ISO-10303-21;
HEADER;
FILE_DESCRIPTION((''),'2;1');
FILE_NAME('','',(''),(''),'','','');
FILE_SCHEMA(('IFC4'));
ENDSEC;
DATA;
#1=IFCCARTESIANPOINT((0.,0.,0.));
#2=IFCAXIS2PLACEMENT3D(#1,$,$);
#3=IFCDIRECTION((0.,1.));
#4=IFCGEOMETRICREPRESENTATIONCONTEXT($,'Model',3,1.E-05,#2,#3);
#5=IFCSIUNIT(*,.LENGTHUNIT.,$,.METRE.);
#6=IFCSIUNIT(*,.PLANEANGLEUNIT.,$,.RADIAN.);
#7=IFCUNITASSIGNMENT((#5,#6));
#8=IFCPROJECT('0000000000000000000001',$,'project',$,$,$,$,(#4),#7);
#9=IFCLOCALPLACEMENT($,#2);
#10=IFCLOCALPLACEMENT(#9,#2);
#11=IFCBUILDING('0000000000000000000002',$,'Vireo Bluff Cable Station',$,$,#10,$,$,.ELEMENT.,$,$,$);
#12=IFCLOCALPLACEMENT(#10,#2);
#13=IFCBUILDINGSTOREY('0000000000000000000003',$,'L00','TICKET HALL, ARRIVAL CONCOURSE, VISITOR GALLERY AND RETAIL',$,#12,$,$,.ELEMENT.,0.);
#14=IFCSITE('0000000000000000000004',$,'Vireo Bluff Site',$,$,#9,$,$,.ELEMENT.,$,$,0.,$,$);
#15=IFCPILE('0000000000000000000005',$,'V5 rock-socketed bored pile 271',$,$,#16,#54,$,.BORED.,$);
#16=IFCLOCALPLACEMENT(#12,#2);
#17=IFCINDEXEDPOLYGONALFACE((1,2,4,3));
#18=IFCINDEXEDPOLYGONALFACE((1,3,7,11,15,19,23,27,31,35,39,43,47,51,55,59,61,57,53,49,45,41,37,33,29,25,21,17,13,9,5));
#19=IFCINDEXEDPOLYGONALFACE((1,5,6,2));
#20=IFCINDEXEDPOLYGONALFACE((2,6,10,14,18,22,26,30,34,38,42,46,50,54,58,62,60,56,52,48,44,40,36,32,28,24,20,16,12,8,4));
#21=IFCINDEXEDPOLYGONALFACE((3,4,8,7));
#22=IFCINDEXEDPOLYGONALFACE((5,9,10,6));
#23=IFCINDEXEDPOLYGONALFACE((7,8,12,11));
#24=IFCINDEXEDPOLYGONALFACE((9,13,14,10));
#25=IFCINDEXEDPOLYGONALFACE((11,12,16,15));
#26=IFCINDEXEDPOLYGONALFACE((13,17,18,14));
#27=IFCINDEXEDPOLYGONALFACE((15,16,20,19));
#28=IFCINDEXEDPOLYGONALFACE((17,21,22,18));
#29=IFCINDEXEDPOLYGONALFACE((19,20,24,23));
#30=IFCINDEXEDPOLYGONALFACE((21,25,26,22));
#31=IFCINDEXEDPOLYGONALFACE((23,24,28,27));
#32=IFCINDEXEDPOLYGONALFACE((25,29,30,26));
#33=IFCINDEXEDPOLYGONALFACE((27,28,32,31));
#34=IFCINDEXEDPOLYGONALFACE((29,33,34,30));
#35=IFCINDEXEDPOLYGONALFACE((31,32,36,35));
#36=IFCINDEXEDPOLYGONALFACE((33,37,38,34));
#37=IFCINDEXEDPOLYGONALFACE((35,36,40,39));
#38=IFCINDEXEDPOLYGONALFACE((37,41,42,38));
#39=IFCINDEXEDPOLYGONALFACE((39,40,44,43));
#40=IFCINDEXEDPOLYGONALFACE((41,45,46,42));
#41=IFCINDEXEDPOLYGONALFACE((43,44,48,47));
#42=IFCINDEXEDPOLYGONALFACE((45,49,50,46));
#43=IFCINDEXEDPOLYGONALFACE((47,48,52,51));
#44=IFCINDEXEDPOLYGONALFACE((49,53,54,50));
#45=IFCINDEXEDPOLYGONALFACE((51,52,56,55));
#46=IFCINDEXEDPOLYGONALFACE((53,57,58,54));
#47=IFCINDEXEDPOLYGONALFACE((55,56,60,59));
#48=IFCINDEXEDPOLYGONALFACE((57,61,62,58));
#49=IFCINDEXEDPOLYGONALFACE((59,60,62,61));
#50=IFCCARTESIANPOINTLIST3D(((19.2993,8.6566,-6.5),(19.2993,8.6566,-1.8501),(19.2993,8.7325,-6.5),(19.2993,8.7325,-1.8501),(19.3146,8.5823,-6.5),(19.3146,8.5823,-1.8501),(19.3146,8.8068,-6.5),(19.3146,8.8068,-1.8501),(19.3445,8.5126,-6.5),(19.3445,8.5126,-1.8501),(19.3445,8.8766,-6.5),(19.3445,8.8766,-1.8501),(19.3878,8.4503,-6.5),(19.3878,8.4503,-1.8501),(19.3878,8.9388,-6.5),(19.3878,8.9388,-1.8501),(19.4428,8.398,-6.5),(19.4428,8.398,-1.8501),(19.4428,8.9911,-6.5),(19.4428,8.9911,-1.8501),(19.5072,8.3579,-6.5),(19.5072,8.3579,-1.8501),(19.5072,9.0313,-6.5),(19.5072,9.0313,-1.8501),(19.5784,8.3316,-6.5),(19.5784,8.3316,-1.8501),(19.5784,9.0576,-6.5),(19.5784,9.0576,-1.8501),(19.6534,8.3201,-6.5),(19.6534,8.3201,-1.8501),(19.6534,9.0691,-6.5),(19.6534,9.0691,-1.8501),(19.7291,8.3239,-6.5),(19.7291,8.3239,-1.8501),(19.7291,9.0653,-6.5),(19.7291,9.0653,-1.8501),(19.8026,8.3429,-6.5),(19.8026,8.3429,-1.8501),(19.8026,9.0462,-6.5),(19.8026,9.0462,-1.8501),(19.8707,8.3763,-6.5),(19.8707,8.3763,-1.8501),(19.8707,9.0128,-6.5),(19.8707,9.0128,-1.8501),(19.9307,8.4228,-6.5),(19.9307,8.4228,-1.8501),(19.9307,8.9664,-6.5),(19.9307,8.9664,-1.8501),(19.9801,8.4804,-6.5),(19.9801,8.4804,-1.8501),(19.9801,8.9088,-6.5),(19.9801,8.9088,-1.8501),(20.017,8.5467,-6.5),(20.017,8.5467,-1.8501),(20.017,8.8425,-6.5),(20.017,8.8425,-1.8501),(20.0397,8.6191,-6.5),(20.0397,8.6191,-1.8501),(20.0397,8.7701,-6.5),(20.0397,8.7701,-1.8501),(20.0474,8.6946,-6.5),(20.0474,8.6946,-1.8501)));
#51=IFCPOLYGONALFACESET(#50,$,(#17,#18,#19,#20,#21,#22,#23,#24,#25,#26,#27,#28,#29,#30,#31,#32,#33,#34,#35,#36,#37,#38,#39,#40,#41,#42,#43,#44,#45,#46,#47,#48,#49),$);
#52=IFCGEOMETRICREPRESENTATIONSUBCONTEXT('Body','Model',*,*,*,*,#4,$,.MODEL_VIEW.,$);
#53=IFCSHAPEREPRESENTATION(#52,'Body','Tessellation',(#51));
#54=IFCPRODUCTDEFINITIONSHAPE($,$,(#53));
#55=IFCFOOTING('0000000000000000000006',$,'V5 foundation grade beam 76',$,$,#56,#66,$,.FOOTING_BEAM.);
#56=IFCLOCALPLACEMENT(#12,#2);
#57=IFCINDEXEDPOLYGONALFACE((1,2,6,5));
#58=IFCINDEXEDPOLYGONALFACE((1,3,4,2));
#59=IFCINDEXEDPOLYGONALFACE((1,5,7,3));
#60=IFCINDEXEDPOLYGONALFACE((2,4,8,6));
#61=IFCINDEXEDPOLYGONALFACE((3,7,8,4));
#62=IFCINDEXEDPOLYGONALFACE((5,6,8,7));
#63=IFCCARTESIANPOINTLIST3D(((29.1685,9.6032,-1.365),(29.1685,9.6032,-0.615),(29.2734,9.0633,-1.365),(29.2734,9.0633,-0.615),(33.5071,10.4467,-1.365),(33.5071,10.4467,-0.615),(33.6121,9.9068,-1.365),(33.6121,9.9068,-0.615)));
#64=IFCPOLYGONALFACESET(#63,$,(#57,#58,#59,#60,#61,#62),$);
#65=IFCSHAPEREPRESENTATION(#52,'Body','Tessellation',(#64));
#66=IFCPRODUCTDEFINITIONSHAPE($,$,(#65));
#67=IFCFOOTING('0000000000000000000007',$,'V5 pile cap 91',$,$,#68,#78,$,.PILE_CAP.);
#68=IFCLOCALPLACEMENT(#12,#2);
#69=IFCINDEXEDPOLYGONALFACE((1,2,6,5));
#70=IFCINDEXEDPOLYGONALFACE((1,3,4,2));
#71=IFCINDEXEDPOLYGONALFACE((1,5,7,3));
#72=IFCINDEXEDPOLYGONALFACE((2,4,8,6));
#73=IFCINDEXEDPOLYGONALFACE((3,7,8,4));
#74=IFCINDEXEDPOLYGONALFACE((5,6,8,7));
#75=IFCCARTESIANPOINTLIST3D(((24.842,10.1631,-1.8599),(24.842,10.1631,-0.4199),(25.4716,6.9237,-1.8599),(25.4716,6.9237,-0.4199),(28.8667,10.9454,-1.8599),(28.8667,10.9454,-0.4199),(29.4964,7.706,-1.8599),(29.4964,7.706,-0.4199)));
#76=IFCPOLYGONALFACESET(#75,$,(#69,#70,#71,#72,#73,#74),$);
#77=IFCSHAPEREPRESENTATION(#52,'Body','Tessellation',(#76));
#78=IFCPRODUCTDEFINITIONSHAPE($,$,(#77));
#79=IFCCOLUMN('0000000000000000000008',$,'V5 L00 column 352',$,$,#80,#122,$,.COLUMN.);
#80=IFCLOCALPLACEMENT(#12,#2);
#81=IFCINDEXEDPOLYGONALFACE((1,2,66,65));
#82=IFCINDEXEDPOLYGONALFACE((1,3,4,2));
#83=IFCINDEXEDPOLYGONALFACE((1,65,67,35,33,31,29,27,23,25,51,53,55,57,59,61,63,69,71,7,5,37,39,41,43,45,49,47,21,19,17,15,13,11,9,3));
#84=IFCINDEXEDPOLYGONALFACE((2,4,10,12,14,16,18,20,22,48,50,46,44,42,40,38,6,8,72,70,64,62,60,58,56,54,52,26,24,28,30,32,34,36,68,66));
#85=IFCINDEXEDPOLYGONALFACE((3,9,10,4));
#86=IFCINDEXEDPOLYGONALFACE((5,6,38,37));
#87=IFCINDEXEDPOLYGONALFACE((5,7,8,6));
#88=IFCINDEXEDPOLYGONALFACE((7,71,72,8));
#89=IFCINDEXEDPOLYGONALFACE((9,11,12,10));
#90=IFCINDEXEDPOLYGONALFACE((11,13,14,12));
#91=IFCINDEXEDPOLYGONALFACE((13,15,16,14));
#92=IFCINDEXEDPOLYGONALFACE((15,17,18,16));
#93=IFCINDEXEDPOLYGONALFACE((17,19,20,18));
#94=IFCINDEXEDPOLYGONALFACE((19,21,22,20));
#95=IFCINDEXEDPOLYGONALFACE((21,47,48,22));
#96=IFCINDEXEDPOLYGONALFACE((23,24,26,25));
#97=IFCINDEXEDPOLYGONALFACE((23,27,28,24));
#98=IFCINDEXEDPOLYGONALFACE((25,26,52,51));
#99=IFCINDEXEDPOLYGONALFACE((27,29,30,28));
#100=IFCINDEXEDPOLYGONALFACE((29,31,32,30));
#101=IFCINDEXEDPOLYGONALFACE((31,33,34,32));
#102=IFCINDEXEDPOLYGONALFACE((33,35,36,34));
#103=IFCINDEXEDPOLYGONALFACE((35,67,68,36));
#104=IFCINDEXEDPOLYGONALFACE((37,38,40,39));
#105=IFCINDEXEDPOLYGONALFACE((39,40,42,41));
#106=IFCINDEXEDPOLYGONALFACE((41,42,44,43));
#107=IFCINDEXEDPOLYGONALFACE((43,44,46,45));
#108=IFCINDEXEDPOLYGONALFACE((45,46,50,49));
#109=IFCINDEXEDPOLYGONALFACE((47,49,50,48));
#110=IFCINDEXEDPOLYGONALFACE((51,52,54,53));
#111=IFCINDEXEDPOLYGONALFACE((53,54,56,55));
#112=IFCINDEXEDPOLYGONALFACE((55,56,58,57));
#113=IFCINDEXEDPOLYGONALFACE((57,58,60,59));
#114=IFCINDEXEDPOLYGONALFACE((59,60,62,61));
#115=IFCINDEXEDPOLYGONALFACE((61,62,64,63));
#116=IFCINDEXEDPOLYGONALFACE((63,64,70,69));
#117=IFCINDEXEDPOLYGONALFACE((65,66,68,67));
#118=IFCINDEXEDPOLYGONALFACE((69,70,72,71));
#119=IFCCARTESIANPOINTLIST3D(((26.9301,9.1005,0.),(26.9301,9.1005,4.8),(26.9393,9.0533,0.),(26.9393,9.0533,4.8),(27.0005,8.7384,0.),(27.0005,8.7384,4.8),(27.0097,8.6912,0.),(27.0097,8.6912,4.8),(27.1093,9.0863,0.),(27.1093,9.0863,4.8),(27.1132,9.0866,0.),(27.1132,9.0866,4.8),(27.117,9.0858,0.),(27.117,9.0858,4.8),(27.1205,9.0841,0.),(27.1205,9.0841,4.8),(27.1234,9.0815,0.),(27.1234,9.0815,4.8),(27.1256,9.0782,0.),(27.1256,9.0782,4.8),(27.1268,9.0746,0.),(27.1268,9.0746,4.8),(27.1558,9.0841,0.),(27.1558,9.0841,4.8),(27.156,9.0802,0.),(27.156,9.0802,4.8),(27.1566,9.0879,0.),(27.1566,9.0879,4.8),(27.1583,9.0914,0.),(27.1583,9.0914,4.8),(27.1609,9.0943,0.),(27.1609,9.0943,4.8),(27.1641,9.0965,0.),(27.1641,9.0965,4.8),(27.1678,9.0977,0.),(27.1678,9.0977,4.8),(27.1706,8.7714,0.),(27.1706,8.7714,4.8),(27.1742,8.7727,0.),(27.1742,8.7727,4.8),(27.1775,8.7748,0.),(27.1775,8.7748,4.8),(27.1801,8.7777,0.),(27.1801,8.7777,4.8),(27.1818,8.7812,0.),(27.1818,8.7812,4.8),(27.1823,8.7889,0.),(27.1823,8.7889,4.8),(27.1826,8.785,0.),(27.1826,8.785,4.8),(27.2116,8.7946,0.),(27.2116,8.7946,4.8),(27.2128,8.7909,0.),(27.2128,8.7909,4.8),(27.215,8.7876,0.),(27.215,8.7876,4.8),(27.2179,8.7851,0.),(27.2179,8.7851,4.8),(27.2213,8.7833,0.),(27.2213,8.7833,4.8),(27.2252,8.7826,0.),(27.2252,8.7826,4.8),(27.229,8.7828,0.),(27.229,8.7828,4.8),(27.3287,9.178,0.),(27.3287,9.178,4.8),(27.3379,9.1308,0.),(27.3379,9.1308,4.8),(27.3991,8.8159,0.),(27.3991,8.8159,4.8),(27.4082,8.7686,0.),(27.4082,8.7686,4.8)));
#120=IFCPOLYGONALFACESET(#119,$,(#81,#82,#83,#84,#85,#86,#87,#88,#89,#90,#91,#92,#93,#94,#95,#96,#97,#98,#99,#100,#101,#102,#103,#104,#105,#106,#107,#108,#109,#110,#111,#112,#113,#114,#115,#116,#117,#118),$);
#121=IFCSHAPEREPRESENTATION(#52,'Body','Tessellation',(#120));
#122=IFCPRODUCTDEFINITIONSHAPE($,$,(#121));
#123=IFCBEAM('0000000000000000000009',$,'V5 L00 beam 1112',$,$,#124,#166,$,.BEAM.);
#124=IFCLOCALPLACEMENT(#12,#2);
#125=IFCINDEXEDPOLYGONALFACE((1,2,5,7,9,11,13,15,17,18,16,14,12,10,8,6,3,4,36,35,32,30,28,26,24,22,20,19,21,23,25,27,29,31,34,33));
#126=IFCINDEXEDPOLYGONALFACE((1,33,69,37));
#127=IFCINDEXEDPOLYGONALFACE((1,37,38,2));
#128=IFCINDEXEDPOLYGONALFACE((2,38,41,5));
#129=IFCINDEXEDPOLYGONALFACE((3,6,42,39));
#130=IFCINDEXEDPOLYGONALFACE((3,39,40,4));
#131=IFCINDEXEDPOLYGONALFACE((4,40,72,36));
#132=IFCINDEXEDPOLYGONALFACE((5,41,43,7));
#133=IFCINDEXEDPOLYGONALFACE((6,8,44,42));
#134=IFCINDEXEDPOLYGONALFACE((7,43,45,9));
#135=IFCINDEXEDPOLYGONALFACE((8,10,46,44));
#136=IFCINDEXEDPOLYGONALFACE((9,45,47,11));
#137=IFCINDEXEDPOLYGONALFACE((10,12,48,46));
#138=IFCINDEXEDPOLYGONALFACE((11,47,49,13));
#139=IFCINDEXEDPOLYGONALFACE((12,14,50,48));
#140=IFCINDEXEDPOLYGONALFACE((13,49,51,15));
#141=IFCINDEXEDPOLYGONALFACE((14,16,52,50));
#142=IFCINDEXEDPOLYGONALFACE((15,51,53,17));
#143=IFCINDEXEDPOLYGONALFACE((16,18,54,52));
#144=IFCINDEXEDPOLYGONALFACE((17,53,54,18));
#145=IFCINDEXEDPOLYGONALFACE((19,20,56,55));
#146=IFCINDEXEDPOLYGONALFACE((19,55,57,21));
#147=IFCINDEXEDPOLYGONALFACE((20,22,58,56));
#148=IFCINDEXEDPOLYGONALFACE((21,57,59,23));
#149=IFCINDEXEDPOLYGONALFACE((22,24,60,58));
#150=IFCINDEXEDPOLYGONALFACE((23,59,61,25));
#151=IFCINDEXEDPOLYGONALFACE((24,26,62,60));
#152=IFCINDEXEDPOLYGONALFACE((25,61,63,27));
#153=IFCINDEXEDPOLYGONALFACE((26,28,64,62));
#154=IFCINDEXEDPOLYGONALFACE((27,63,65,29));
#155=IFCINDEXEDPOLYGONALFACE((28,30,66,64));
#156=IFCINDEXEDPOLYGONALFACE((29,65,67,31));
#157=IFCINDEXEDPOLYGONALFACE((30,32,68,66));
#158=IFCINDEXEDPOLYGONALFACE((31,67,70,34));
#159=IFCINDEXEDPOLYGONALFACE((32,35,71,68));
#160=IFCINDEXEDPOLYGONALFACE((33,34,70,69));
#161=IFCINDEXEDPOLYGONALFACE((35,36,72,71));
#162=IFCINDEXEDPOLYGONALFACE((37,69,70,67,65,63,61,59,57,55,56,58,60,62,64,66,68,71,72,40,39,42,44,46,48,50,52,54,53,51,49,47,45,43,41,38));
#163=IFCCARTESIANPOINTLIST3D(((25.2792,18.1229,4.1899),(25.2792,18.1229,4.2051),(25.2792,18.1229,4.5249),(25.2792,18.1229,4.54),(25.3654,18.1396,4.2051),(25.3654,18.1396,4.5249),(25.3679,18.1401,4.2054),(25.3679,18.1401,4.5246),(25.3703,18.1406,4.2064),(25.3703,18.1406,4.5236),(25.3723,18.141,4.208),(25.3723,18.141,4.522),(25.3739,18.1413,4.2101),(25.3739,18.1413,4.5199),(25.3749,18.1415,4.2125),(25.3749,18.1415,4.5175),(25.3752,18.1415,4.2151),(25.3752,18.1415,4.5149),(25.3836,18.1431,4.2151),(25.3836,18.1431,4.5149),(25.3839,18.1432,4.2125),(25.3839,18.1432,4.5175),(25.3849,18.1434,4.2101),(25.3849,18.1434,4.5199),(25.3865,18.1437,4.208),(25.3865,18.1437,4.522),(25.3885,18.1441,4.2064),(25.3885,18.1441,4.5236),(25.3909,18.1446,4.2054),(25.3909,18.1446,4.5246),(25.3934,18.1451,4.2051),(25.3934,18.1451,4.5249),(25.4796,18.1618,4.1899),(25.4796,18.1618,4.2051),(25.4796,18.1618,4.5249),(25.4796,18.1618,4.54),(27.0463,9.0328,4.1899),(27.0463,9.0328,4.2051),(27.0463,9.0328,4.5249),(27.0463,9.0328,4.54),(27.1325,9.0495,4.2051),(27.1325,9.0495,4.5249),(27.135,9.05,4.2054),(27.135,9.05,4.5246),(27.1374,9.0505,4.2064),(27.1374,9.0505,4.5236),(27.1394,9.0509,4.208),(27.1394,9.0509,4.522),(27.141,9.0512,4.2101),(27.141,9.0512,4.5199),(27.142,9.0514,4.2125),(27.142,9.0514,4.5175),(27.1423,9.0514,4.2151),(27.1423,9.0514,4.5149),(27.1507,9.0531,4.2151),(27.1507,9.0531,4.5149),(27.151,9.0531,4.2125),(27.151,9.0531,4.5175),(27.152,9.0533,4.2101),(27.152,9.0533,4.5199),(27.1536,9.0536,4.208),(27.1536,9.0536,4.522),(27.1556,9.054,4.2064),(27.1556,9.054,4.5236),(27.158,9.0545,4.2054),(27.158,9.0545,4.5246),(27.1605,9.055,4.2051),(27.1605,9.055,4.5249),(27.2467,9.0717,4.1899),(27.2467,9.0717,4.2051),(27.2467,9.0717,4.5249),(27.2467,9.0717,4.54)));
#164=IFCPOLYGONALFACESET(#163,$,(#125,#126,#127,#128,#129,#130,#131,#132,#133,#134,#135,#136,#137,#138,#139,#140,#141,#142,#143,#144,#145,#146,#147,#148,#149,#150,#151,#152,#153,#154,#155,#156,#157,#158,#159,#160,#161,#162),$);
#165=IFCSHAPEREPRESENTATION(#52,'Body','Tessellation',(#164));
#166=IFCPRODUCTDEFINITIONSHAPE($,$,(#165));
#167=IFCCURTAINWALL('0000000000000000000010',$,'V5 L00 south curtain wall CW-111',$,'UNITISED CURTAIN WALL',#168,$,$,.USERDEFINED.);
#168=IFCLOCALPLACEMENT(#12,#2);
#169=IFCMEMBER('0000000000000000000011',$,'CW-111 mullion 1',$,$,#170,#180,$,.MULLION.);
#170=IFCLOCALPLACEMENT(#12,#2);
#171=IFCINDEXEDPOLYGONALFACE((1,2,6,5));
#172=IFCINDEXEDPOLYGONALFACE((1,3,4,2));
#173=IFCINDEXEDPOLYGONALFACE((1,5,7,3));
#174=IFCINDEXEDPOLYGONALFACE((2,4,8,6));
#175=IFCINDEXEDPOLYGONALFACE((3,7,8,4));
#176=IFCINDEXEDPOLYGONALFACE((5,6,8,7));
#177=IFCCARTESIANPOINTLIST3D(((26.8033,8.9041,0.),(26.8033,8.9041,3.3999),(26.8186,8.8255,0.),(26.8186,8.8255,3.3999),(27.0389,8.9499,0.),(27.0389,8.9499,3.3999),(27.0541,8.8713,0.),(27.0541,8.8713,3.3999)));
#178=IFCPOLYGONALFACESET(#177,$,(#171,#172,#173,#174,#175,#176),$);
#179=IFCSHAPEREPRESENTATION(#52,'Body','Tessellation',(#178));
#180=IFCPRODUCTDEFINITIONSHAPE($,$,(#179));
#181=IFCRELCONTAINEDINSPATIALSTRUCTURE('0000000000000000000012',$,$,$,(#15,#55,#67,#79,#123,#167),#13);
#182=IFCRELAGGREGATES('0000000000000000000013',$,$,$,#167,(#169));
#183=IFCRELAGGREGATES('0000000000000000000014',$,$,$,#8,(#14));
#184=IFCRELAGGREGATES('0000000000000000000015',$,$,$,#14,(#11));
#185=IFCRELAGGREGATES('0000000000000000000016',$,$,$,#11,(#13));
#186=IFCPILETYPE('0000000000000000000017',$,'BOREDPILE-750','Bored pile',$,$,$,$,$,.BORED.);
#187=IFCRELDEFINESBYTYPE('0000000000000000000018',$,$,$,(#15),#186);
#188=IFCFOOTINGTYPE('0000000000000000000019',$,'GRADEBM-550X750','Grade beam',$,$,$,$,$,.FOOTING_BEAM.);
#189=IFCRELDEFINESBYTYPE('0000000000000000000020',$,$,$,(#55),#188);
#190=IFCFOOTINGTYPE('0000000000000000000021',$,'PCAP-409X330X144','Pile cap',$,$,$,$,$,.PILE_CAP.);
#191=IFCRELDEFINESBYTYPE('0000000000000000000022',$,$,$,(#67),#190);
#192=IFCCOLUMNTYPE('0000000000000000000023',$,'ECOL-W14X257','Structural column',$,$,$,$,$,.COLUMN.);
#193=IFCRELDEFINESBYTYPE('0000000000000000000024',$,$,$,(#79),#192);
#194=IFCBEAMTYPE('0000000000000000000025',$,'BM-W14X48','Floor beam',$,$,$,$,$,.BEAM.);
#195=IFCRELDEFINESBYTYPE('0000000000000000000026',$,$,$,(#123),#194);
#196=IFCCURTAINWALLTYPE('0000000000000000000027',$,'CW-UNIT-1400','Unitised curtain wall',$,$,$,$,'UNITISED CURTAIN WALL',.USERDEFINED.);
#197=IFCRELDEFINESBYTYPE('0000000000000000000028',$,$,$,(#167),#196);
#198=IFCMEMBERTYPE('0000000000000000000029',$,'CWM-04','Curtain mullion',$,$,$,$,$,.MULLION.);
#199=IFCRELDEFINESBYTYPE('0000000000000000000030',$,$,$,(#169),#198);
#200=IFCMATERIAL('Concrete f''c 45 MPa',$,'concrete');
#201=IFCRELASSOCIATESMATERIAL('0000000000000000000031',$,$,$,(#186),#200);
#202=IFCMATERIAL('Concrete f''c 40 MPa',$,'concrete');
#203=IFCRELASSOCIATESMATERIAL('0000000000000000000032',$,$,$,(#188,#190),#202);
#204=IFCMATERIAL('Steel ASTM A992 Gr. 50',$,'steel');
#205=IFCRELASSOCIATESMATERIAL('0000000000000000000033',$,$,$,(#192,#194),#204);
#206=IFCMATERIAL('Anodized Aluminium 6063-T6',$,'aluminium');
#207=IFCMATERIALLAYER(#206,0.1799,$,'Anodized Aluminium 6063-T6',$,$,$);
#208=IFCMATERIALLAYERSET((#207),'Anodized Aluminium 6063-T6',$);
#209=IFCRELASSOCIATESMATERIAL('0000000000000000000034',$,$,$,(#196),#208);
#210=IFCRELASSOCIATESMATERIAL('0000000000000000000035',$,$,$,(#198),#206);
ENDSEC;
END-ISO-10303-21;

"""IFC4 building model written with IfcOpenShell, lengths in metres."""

from ifc_helpers import new_model, si_unit, direction, frame, origin, origin_2d, place, context, subcontext, project, spatial, rectangle, circle, i_section, extrude, material, layer, layer_set, material_profile, profile_set, type_object, element, aggregate, save


model = new_model("IFC4")

# Units and contexts
model_context = context("Model", 3, precision=1e-05, world=origin(), true_north=direction((0.0, 1.0)))
body_context = subcontext(model_context, "Body", "Model", "MODEL_VIEW")
ifc_project = project(units=[si_unit("LENGTHUNIT", "METRE"), si_unit("PLANEANGLEUNIT", "RADIAN")], contexts=[model_context])

# Site, building, storey
site_placement = place(None, origin())
site = spatial("IfcSite", under=ifc_project, at=site_placement, Name="Vireo Bluff Site", CompositionType="ELEMENT", RefElevation=0.0)
building_placement = place(site_placement, origin())
building = spatial("IfcBuilding", under=site, at=building_placement, Name="Vireo Bluff Cable Station", CompositionType="ELEMENT")
storey_placement = place(building_placement, origin())
storey = spatial("IfcBuildingStorey", under=building, at=storey_placement, Name="L00", Description="TICKET HALL, ARRIVAL CONCOURSE, VISITOR GALLERY AND RETAIL", CompositionType="ELEMENT", Elevation=0.0)

# Pile
ifc_material_1 = material(Name="Concrete f'c 45 MPa", Category="concrete")
ifc_material_profile_1 = material_profile(ifc_material_1, circle(Radius=0.375, at=origin_2d()), Name="BOREDPILE-750")
ifc_profile_set_1 = profile_set([ifc_material_profile_1], Name="Concrete f'c 45 MPa")
pile_type = type_object("IfcPileType", Name="BOREDPILE-750", Description="Bored pile", PredefinedType="BORED", material=ifc_profile_set_1)
pile_placement = place(storey_placement, frame((19.6724, 8.6946, -1.8501), z_axis=(0.0, 0.0, -1.0), x_axis=(1.0, 0.0, 0.0)))
element("IfcPile", 1, at=pile_placement, inside=storey, type_object=pile_type, Name="V5 rock-socketed bored pile 271", PredefinedType="BORED", context=body_context, shape_type="SweptSolid", body=[
    extrude(circle(Radius=0.375, at=origin_2d()), origin(), (0.0, 0.0, 1.0), 4.6499),
])

# Footings
ifc_material_2 = material(Name="Concrete f'c 40 MPa", Category="concrete")
ifc_material_profile_2 = material_profile(ifc_material_2, rectangle(XDim=0.55, YDim=0.75, at=origin_2d()), Name="GRADEBM-550X750")
ifc_profile_set_2 = profile_set([ifc_material_profile_2], Name="Concrete f'c 40 MPa")
footing_type_1 = type_object("IfcFootingType", Name="GRADEBM-550X750", Description="Grade beam", PredefinedType="FOOTING_BEAM", material=ifc_profile_set_2)
footing_1_placement = place(storey_placement, frame((29.2209, 9.3333, -0.99), z_axis=(0.98162, 0.190845, 0.0), x_axis=(-0.190845, 0.98162, 0.0)))
element("IfcFooting", 2, at=footing_1_placement, inside=storey, type_object=footing_type_1, Name="V5 foundation grade beam 76", PredefinedType="FOOTING_BEAM", context=body_context, shape_type="SweptSolid", body=[
    extrude(rectangle(XDim=0.55, YDim=0.75, at=origin_2d()), origin(), (0.0, 0.0, 1.0), 4.4199),
])
footing_type_2 = type_object("IfcFootingType", Name="PCAP-409X330X144", Description="Pile cap", PredefinedType="PILE_CAP", material=ifc_material_2)
footing_2_placement = place(storey_placement, frame((27.1692, 8.9346, -1.8599), z_axis=(0.0, 0.0, 1.0), x_axis=(0.981627, 0.190809, 0.0)))
element("IfcFooting", 3, at=footing_2_placement, inside=storey, type_object=footing_type_2, Name="V5 pile cap 91", PredefinedType="PILE_CAP", context=body_context, shape_type="SweptSolid", body=[
    extrude(rectangle(XDim=4.1001, YDim=3.3, at=origin_2d()), origin(), (0.0, 0.0, 1.0), 1.4399),
])

# Column
ifc_material_3 = material(Name="Steel ASTM A992 Gr. 50", Category="steel")
ifc_material_profile_3 = material_profile(ifc_material_3, i_section(OverallWidth=0.406, OverallDepth=0.417, WebThickness=0.0298, FlangeThickness=0.0481, FilletRadius=0.0149, at=origin_2d()), Name="W14X257")
ifc_profile_set_3 = profile_set([ifc_material_profile_3], Name="Steel ASTM A992 Gr. 50")
column_type = type_object("IfcColumnType", Name="ECOL-W14X257", Description="Structural column", PredefinedType="COLUMN", material=ifc_profile_set_3)
column_placement = place(storey_placement, frame((27.1692, 8.9346, 0.0), z_axis=(0.0, 0.0, 1.0), x_axis=(0.981627, 0.190809, 0.0)))
element("IfcColumn", 4, at=column_placement, inside=storey, type_object=column_type, Name="V5 L00 column 352", PredefinedType="COLUMN", context=body_context, shape_type="SweptSolid", body=[
    extrude(i_section(OverallWidth=0.406, OverallDepth=0.417, WebThickness=0.0298, FlangeThickness=0.0481, FilletRadius=0.0149, at=origin_2d()), origin(), (0.0, 0.0, 1.0), 4.8),
])

# Beam
ifc_material_profile_4 = material_profile(ifc_material_3, i_section(OverallWidth=0.2041, OverallDepth=0.3501, WebThickness=0.0085, FlangeThickness=0.0151, FilletRadius=0.01, at=origin_2d()), Name="W14X48")
ifc_profile_set_4 = profile_set([ifc_material_profile_4], Name="Steel ASTM A992 Gr. 50")
beam_type_1 = type_object("IfcBeamType", Name="BM-W14X48", Description="Floor beam", PredefinedType="BEAM", material=ifc_profile_set_4)
beam_1_placement = place(storey_placement, frame((27.1465, 9.0522, 4.365), z_axis=(-0.190825, 0.981624, 0.0), x_axis=(-0.981624, -0.190825, 0.0)))
element("IfcBeam", 5, at=beam_1_placement, inside=storey, type_object=beam_type_1, Name="V5 L00 beam 1112", PredefinedType="BEAM", context=body_context, shape_type="SweptSolid", body=[
    extrude(i_section(OverallWidth=0.2041, OverallDepth=0.3501, WebThickness=0.0085, FlangeThickness=0.0151, FilletRadius=0.01, at=origin_2d()), origin(), (0.0, 0.0, 1.0), 9.2603),
])

# Curtain wall, member
ifc_material_4 = material(Name="Anodized Aluminium 6063-T6", Category="aluminium")
ifc_layer_1 = layer(ifc_material_4, 0.1799, Name="Anodized Aluminium 6063-T6")
ifc_layer_set_1 = layer_set([ifc_layer_1], Name="Anodized Aluminium 6063-T6")
curtain_wall_type = type_object("IfcCurtainWallType", Name="CW-UNIT-1400", Description="Unitised curtain wall", ElementType="UNITISED CURTAIN WALL", PredefinedType="USERDEFINED", material=ifc_layer_set_1)
curtain_wall_placement = place(storey_placement, origin())
curtain_wall = element("IfcCurtainWall", 6, at=curtain_wall_placement, inside=storey, type_object=curtain_wall_type, Name="V5 L00 south curtain wall CW-111", ObjectType="UNITISED CURTAIN WALL", PredefinedType="USERDEFINED")
ifc_material_profile_5 = material_profile(ifc_material_4, rectangle(XDim=0.0801, YDim=0.24, at=origin_2d()), Name="ALU-M-80X240")
ifc_profile_set_5 = profile_set([ifc_material_profile_5], Name="Anodized Aluminium 6063-T6")
member_type_1 = type_object("IfcMemberType", Name="CWM-04", Description="Curtain mullion", PredefinedType="MULLION", material=ifc_profile_set_5)
member_1_placement = place(storey_placement, frame((26.9287, 8.8877, 0.0), z_axis=(0.0, 0.0, 1.0), x_axis=(0.190809, -0.981627, 0.0)))
member_1 = element("IfcMember", 7, at=member_1_placement, type_object=member_type_1, Name="CW-111 mullion 1", PredefinedType="MULLION", context=body_context, shape_type="SweptSolid", body=[
    extrude(rectangle(XDim=0.0801, YDim=0.24, at=origin_2d()), origin(), (0.0, 0.0, 1.0), 3.3999),
])

aggregate(curtain_wall, [member_1])

save(model, "model.ifc")
